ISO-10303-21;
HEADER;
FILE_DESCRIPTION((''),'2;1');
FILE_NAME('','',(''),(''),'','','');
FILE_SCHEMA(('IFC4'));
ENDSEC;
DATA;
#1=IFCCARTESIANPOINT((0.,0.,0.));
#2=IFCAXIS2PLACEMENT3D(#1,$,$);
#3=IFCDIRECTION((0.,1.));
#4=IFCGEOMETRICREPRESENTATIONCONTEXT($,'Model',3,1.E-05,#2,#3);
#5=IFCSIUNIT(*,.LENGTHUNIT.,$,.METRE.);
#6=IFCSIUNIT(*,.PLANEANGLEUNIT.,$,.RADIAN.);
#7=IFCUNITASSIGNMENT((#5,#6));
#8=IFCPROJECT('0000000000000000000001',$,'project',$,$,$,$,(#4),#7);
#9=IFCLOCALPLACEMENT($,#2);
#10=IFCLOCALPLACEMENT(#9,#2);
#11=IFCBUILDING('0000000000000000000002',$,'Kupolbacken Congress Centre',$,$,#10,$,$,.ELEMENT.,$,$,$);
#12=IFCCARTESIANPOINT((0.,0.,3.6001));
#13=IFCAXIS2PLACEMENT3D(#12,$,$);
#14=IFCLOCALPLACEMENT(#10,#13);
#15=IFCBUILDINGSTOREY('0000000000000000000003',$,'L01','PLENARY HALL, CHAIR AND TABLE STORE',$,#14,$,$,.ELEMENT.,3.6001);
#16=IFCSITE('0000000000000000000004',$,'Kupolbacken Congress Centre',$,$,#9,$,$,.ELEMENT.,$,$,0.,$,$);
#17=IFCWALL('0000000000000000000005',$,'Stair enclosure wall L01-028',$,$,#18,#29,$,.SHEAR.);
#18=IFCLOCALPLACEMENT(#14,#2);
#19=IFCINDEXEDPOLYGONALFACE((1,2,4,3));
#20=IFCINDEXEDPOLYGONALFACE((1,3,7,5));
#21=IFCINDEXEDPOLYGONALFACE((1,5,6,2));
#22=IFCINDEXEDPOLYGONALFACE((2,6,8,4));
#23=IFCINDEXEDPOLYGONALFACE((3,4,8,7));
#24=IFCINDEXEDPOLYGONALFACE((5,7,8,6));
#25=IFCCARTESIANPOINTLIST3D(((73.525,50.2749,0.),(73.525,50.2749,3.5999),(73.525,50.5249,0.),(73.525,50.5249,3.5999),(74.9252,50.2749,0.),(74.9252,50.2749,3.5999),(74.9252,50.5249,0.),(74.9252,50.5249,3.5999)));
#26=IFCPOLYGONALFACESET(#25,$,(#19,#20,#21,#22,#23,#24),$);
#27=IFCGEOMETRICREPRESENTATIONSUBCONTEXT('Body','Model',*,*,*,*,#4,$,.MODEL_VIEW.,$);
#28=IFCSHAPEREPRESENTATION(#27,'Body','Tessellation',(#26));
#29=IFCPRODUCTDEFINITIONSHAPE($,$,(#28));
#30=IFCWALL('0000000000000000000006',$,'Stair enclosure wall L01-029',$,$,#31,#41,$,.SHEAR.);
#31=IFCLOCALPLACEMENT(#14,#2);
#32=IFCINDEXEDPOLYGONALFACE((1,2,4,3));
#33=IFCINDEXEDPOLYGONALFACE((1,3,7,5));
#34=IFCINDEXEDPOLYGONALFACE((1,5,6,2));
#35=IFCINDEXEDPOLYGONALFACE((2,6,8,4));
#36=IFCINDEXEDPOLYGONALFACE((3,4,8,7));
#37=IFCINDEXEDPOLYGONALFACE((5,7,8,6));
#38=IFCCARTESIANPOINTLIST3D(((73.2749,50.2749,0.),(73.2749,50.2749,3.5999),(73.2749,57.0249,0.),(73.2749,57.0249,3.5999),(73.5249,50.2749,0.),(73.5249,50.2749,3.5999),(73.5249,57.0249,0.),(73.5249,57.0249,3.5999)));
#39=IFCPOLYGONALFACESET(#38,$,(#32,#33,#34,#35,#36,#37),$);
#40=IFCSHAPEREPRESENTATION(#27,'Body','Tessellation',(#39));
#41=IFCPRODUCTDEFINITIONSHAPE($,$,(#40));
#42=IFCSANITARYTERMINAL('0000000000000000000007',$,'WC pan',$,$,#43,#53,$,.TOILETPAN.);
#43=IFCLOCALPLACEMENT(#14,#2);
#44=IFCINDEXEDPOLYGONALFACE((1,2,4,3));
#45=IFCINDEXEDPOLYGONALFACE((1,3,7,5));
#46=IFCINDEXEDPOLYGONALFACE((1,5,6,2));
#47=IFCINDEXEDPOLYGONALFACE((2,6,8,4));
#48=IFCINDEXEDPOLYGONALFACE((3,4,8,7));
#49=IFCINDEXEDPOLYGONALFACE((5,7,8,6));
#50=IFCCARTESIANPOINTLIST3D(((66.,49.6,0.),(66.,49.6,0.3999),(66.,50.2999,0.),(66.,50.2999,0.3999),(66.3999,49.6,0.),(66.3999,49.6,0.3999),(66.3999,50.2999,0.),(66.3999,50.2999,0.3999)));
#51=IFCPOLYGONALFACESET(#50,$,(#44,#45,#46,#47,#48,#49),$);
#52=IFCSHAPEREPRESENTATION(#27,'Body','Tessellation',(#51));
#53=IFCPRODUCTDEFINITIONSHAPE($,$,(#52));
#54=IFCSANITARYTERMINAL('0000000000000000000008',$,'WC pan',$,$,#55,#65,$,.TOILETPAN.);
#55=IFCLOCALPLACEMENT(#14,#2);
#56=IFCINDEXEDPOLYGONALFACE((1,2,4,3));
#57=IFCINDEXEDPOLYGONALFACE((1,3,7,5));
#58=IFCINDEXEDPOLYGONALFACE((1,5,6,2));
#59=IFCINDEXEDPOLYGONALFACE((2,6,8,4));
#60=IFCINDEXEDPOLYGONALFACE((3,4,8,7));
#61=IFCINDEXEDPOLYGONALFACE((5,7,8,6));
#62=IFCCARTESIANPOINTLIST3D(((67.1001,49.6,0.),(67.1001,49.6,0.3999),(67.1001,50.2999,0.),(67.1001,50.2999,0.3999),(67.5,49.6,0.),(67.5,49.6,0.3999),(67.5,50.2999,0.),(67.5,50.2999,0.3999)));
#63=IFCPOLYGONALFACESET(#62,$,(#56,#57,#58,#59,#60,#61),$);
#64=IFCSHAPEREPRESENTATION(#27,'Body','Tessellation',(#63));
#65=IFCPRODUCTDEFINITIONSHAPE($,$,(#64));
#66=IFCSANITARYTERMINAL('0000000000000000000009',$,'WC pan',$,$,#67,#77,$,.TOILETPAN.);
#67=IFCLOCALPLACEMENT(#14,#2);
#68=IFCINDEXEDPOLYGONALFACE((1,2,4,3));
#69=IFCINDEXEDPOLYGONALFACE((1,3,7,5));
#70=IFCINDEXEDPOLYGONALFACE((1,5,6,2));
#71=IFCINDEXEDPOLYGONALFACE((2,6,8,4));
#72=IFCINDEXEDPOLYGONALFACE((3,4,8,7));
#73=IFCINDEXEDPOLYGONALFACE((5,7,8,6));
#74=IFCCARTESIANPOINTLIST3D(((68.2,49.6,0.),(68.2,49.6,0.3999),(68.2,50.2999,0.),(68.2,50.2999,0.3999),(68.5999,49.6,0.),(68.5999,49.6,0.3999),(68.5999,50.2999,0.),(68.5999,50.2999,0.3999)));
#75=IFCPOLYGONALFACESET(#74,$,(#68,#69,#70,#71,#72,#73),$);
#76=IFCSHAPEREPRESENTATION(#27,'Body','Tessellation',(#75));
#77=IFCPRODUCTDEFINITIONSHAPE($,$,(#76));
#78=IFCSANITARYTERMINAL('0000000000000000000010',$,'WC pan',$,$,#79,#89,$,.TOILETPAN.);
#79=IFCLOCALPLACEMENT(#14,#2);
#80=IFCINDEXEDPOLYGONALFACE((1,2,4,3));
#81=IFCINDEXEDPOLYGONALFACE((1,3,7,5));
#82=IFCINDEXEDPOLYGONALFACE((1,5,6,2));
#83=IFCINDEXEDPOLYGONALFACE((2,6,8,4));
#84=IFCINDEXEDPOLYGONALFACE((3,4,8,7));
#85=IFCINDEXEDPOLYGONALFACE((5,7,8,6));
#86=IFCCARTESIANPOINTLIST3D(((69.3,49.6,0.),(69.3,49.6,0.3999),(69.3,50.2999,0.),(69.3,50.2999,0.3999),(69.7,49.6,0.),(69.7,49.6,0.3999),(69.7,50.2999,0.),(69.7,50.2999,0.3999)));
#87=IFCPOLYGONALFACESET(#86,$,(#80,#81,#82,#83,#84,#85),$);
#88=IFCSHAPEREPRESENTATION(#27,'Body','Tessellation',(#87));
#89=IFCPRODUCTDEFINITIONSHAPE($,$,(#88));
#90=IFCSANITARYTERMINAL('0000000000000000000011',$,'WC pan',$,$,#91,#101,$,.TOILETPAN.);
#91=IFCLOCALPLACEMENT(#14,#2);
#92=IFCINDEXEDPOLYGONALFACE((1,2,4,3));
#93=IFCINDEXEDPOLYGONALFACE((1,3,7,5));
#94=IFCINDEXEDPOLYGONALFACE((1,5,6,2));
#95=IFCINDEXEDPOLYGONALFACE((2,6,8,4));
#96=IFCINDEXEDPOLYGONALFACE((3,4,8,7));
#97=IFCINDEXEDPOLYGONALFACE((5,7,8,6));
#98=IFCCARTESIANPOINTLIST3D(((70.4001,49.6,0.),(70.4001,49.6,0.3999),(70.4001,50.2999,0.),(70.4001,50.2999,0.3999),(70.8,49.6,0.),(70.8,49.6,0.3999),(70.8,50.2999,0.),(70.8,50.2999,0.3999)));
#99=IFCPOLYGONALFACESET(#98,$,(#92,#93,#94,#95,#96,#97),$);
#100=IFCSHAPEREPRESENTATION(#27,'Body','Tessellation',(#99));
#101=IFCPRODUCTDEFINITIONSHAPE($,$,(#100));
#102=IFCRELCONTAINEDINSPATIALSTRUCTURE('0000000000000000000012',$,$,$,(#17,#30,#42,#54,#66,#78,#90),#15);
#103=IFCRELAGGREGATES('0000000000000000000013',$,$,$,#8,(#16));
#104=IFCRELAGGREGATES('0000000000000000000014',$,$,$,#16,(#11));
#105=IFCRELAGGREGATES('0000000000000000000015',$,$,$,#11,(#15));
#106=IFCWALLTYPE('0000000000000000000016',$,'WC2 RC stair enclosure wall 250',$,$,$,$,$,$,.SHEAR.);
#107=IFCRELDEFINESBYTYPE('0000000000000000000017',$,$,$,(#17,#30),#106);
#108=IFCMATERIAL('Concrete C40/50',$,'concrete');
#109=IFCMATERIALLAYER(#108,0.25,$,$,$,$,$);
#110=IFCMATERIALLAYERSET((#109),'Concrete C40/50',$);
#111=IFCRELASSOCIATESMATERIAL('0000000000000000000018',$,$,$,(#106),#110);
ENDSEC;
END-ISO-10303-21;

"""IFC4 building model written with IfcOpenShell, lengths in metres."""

from ifc_helpers import new_model, si_unit, direction, frame, frame_2d, origin, origin_2d, place, context, subcontext, project, spatial, rectangle, extrude, material, layer, layer_set, type_object, element, save


model = new_model("IFC4")

# Units and contexts
model_context = context("Model", 3, precision=1e-05, world=origin(), true_north=direction((0.0, 1.0)))
body_context = subcontext(model_context, "Body", "Model", "MODEL_VIEW")
ifc_project = project(units=[si_unit("LENGTHUNIT", "METRE"), si_unit("PLANEANGLEUNIT", "RADIAN")], contexts=[model_context])

# Site, building, storey
site_placement = place(None, origin())
site = spatial("IfcSite", under=ifc_project, at=site_placement, Name="Kupolbacken Congress Centre", CompositionType="ELEMENT", RefElevation=0.0)
building_placement = place(site_placement, origin())
building = spatial("IfcBuilding", under=site, at=building_placement, Name="Kupolbacken Congress Centre", CompositionType="ELEMENT")
storey_placement = place(building_placement, frame((0.0, 0.0, 3.6001)))
storey = spatial("IfcBuildingStorey", under=building, at=storey_placement, Name="L01", Description="PLENARY HALL, CHAIR AND TABLE STORE", CompositionType="ELEMENT", Elevation=3.6001)

# Walls
ifc_material_1 = material(Name="Concrete C40/50", Category="concrete")
ifc_layer_1 = layer(ifc_material_1, 0.25)
ifc_layer_set_1 = layer_set([ifc_layer_1], Name="Concrete C40/50")
wall_type_1 = type_object("IfcWallType", Name="WC2 RC stair enclosure wall 250", PredefinedType="SHEAR", material=ifc_layer_set_1)
wall_1_placement = place(storey_placement, frame((73.5249, 50.3999, 0.0), z_axis=(0.0, 0.0, 1.0), x_axis=(1.0, 0.0, 0.0)))
element("IfcWall", 1, at=wall_1_placement, inside=storey, type_object=wall_type_1, Name="Stair enclosure wall L01-028", PredefinedType="SHEAR", context=body_context, shape_type="SweptSolid", body=[
    extrude(rectangle(XDim=1.4001, YDim=0.25, at=frame_2d((0.7002, 0.0))), origin(), (0.0, 0.0, 1.0), 3.5999),
])
wall_2_placement = place(storey_placement, frame((73.3999, 50.2749, 0.0), z_axis=(0.0, 0.0, 1.0), x_axis=(0.0, 1.0, 0.0)))
element("IfcWall", 2, at=wall_2_placement, inside=storey, type_object=wall_type_1, Name="Stair enclosure wall L01-029", PredefinedType="SHEAR", context=body_context, shape_type="SweptSolid", body=[
    extrude(rectangle(XDim=6.75, YDim=0.25, at=frame_2d((3.375, 0.0))), origin(), (0.0, 0.0, 1.0), 3.5999),
])

# Sanitary terminals
for number, where, z_axis, x_axis, name in (
    (3, (66.2, 49.95, 0.0), (0.0, 0.0, 1.0), (1.0, 0.0, 0.0), "WC pan"),
    (4, (67.3, 49.95, 0.0), (0.0, 0.0, 1.0), (1.0, 0.0, 0.0), "WC pan"),
    (5, (68.3999, 49.95, 0.0), (0.0, 0.0, 1.0), (1.0, 0.0, 0.0), "WC pan"),
    (6, (69.5, 49.95, 0.0), (0.0, 0.0, 1.0), (1.0, 0.0, 0.0), "WC pan"),
    (7, (70.6001, 49.95, 0.0), (0.0, 0.0, 1.0), (1.0, 0.0, 0.0), "WC pan"),
):
    element("IfcSanitaryTerminal", number, at=place(storey_placement, frame(where, z_axis=z_axis, x_axis=x_axis)), inside=storey, Name=name, PredefinedType="TOILETPAN", context=body_context, shape_type="SweptSolid", body=[
        extrude(rectangle(XDim=0.3999, YDim=0.7, at=origin_2d()), origin(), (0.0, 0.0, 1.0), 0.3999),
    ])

save(model, "model.ifc")
